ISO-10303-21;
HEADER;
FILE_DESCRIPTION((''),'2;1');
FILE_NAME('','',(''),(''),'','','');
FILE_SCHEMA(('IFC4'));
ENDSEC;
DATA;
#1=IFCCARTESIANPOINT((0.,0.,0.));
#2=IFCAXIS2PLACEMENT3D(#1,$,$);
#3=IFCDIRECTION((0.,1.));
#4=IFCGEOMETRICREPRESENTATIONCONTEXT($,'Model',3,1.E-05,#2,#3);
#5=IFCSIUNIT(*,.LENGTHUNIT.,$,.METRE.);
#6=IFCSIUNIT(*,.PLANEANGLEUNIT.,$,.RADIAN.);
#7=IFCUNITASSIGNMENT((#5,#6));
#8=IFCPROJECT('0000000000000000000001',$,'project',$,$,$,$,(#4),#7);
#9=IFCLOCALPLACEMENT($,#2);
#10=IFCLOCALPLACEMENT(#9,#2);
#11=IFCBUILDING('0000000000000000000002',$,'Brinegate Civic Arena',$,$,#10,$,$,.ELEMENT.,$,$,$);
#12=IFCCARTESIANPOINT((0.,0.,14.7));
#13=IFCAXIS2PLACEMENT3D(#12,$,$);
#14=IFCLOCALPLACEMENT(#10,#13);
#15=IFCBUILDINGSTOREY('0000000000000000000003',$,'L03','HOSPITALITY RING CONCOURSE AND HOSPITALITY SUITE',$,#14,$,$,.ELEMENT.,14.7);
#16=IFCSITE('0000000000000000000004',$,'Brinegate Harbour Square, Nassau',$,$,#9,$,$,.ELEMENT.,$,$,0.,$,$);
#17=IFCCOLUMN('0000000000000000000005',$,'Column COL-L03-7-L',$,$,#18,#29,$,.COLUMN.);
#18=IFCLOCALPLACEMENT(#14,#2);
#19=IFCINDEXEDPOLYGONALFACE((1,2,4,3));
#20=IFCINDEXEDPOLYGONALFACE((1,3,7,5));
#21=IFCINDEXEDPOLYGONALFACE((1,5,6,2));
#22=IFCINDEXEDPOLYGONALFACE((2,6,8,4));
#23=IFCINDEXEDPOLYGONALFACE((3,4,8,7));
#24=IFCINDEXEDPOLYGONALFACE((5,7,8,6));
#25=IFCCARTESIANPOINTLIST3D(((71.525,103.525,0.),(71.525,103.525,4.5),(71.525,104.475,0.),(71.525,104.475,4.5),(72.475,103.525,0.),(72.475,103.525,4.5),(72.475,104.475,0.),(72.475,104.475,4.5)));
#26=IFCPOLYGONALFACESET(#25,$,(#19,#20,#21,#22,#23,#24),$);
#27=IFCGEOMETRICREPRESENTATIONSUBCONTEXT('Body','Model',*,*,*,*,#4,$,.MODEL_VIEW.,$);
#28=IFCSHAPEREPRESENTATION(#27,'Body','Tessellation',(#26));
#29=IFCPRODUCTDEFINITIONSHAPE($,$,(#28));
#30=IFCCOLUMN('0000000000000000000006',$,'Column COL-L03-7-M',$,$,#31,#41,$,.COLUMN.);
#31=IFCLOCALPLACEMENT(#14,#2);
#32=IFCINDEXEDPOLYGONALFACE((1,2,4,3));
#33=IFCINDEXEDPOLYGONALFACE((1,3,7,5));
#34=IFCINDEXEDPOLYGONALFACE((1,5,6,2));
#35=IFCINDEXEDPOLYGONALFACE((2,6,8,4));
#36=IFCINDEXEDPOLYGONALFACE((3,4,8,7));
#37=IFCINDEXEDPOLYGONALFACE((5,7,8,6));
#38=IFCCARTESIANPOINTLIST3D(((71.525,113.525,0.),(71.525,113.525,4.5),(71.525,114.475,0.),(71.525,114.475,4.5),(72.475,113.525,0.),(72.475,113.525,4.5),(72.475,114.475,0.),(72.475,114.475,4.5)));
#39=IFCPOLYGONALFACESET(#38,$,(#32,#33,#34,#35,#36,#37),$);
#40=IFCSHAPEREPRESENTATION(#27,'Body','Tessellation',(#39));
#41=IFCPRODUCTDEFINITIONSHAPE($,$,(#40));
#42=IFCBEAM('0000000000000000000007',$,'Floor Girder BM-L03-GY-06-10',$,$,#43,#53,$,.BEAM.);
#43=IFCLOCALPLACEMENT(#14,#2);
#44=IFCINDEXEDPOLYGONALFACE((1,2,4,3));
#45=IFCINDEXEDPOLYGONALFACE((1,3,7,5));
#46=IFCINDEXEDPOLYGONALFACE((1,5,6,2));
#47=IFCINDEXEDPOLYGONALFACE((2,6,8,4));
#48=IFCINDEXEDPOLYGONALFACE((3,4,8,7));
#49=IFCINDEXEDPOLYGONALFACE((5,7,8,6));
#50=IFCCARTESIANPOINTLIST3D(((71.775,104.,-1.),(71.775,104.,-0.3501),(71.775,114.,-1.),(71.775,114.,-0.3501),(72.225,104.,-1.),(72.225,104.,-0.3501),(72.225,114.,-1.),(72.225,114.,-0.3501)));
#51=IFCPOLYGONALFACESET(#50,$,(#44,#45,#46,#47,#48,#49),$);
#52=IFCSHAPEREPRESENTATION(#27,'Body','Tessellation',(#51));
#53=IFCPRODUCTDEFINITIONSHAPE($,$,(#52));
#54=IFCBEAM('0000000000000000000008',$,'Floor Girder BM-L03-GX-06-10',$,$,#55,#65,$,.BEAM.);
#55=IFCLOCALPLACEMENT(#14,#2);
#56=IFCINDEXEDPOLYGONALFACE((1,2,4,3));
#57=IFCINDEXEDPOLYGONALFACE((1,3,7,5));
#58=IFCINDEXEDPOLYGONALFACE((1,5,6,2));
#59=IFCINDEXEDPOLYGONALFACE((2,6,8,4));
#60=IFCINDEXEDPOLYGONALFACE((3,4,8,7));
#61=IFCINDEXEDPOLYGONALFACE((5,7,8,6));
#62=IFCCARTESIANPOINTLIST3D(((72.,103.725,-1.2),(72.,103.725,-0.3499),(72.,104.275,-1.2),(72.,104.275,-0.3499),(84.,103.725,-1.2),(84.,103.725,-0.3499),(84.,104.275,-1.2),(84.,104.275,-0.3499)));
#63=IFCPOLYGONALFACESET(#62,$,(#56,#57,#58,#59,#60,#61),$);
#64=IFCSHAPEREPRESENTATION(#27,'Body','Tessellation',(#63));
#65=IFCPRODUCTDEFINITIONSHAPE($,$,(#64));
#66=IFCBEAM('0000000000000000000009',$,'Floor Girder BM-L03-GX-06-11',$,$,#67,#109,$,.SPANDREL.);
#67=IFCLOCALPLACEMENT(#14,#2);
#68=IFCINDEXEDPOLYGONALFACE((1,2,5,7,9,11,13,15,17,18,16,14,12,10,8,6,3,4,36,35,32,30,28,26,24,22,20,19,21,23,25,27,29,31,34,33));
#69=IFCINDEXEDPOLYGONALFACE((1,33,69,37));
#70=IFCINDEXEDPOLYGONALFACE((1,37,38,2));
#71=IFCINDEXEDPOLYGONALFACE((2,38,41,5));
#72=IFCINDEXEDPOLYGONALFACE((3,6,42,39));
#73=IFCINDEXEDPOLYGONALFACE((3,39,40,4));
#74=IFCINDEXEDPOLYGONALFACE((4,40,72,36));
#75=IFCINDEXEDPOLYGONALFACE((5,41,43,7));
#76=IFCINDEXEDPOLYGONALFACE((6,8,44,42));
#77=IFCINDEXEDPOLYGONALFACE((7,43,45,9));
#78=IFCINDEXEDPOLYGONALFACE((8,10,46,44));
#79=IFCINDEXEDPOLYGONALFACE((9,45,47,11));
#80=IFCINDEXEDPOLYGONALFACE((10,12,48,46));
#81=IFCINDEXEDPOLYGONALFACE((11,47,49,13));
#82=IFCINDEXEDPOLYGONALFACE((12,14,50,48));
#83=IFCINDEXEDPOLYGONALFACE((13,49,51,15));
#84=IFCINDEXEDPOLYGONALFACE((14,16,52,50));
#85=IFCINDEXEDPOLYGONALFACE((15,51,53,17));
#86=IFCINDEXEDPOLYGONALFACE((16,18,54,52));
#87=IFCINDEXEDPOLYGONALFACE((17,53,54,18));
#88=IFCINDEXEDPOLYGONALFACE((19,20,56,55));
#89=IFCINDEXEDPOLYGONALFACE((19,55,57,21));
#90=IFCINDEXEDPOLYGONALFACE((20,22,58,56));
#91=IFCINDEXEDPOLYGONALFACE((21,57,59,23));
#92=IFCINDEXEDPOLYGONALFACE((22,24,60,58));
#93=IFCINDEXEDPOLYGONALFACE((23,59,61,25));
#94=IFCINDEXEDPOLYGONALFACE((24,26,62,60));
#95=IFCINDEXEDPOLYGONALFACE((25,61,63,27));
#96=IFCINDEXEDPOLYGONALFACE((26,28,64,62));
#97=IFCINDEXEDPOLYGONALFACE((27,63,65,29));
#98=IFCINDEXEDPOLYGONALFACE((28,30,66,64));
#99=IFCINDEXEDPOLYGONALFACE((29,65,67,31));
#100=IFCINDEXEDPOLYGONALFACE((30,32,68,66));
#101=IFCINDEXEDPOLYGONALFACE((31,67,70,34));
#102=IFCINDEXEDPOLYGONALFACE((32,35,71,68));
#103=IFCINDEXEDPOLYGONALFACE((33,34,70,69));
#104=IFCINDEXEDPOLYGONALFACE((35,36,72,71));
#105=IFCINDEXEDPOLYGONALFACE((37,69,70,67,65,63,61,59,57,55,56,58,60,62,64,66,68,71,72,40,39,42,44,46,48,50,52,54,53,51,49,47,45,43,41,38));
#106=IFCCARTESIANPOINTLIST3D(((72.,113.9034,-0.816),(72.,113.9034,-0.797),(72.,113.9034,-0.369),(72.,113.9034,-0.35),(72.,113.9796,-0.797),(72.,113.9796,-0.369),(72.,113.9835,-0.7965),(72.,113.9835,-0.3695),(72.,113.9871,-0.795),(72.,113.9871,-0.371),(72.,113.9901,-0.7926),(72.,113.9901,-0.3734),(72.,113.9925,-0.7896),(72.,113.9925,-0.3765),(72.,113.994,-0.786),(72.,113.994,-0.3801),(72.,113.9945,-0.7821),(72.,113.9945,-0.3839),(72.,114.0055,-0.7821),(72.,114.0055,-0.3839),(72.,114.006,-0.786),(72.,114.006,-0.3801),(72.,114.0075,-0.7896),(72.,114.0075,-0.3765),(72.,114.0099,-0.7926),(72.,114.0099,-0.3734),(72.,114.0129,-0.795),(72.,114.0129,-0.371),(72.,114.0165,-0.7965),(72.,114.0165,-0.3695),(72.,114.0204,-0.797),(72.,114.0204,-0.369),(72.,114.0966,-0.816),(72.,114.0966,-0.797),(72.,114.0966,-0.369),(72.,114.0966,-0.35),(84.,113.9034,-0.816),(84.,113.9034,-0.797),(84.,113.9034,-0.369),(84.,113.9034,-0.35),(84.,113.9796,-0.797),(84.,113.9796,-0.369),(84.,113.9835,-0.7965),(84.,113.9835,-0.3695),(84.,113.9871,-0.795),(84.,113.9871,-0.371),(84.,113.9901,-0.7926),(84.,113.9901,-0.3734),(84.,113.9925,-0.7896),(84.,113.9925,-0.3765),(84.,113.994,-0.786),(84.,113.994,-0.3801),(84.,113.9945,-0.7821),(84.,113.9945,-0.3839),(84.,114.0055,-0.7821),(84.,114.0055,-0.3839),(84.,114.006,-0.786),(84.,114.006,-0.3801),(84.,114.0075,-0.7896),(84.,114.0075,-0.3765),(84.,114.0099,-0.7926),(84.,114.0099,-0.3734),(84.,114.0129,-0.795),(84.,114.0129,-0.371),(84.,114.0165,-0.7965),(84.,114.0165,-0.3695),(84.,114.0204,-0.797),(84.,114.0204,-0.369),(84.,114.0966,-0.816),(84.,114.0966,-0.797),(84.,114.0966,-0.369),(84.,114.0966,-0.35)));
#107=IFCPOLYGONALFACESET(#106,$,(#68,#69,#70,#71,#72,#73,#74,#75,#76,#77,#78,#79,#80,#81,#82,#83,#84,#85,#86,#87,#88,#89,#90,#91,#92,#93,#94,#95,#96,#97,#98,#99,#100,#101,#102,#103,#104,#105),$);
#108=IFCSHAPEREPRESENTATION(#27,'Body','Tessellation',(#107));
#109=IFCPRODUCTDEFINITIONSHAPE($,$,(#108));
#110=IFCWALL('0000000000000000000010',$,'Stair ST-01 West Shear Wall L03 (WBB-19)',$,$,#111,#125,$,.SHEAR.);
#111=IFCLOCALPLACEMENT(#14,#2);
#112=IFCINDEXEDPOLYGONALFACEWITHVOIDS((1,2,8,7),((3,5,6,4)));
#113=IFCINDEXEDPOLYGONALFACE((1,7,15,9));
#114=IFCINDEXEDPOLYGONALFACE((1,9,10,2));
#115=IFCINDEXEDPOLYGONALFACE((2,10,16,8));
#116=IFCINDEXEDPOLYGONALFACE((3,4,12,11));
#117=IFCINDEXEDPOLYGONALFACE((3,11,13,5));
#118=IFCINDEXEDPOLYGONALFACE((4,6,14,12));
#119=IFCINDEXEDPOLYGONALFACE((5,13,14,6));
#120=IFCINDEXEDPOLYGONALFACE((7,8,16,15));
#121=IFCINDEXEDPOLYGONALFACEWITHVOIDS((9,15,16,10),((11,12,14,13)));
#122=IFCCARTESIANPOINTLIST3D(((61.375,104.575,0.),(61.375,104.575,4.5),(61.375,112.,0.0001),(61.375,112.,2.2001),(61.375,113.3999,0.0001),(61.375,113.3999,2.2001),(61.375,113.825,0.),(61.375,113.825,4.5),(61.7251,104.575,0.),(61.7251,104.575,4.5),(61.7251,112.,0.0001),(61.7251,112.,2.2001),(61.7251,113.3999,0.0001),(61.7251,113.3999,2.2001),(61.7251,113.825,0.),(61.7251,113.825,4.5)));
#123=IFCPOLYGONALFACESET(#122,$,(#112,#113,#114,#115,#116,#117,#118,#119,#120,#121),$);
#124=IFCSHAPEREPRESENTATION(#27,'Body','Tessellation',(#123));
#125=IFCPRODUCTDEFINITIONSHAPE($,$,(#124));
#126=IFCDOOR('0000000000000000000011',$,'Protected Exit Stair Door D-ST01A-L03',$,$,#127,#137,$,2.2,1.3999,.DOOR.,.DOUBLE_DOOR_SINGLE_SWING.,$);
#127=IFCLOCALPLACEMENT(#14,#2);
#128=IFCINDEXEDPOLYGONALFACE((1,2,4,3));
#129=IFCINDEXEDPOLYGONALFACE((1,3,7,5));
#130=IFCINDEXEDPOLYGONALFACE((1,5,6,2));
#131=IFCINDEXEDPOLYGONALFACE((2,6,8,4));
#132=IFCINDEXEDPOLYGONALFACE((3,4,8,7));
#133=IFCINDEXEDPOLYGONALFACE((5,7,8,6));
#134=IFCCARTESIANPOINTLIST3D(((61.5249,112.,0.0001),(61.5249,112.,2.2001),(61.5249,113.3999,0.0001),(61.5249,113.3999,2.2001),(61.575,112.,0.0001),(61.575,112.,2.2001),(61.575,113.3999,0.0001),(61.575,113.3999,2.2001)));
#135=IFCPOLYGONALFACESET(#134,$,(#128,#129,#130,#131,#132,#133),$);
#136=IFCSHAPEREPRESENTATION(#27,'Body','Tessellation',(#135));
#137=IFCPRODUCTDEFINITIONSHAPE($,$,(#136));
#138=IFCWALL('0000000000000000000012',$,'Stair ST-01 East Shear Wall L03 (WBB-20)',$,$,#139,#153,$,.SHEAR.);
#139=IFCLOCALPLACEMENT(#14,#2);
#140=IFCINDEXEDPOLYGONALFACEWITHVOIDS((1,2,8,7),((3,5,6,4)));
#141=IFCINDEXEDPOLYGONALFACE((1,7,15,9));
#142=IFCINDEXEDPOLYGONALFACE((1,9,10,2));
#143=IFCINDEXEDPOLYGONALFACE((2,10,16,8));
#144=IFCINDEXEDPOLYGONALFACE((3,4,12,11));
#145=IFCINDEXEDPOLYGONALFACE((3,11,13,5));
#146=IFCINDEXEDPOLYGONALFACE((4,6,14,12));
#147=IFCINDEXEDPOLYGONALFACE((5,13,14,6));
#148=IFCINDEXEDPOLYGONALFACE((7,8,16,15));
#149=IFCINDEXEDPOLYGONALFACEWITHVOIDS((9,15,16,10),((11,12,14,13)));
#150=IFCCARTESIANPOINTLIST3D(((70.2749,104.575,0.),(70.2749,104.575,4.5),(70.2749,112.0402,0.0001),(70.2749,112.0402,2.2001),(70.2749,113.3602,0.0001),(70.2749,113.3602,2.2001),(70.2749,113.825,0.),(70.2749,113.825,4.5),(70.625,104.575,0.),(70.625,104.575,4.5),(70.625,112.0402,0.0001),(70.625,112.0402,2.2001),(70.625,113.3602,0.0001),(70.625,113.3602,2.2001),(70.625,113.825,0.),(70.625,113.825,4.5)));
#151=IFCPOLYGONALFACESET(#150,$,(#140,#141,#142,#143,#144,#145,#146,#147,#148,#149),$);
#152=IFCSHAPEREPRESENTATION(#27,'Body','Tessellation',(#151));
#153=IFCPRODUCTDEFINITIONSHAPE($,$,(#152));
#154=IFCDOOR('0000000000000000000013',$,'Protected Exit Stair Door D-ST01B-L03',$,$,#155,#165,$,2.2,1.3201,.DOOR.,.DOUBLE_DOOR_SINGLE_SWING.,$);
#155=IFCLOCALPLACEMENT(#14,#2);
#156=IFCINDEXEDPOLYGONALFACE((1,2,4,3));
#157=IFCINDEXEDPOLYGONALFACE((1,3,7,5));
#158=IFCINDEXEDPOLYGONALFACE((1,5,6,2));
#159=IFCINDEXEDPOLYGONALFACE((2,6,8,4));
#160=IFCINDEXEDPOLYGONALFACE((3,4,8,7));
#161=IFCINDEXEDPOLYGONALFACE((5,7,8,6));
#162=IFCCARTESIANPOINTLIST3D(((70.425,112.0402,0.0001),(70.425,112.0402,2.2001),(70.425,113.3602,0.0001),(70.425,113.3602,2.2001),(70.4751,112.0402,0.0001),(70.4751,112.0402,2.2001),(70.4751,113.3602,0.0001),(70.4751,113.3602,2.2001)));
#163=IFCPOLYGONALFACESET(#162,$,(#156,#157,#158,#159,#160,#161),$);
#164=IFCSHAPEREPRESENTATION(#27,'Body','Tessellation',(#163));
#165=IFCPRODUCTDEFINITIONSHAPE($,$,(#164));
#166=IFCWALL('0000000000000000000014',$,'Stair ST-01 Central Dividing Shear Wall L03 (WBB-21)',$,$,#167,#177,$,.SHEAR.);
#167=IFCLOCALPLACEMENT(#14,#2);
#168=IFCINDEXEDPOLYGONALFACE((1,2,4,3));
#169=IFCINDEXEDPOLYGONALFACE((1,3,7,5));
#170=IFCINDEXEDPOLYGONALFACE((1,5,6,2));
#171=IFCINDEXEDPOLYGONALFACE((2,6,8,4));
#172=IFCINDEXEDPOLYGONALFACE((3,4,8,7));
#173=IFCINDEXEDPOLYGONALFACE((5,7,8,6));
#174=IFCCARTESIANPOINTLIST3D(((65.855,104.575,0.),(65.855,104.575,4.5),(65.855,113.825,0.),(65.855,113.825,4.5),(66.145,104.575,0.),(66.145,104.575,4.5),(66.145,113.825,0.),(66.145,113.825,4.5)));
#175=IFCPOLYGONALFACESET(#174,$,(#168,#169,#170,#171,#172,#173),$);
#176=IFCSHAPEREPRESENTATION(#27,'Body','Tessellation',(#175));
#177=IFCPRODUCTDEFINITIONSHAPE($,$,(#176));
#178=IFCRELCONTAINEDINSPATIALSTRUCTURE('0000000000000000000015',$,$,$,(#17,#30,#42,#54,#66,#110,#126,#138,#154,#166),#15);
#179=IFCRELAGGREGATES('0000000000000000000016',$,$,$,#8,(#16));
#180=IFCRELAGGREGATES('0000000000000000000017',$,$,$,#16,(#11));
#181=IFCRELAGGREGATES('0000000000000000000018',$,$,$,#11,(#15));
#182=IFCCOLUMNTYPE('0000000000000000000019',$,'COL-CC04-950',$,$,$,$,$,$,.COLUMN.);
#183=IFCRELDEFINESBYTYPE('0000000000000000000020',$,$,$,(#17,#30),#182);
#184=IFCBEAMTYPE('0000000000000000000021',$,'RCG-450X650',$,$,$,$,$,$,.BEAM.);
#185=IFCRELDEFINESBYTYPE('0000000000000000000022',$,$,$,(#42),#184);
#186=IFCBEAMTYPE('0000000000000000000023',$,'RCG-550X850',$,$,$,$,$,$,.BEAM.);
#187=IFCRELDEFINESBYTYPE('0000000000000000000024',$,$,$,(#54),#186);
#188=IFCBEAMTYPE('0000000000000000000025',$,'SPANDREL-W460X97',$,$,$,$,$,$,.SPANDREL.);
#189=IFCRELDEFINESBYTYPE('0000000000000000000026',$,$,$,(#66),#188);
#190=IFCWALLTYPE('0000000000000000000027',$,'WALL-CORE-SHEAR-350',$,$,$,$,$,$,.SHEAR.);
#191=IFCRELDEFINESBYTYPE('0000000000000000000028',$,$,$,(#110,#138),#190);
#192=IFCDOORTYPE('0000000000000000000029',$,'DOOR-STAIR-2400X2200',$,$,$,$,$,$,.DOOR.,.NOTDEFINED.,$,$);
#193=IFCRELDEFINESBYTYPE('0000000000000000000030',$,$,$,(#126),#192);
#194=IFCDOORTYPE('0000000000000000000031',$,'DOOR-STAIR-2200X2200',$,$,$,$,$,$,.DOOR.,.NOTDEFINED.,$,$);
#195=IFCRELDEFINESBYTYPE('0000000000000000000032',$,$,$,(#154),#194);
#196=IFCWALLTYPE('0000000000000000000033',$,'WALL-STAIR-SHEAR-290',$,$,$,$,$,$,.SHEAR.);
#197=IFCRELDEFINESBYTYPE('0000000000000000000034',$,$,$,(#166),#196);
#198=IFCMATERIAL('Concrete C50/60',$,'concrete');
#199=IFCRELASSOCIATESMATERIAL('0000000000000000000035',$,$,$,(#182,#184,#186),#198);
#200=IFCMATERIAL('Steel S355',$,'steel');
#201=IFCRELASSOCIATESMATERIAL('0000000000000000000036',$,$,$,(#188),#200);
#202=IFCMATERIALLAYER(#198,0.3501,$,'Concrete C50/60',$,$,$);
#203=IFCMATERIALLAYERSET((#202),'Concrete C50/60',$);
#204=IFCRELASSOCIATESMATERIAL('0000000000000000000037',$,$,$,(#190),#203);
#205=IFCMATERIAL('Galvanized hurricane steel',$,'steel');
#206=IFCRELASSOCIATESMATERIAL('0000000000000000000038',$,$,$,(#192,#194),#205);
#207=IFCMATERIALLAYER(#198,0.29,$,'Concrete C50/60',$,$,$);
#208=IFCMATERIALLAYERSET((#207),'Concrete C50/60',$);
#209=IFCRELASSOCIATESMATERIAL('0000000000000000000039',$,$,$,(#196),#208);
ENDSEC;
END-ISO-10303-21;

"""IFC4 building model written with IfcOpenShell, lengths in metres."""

from ifc_helpers import new_model, si_unit, direction, frame, frame_2d, origin, origin_2d, place, context, subcontext, project, spatial, rectangle, i_section, extrude, material, layer, layer_set, material_profile, profile_set, type_object, element, fill, save


model = new_model("IFC4")

# Units and contexts
model_context = context("Model", 3, precision=1e-05, world=origin(), true_north=direction((0.0, 1.0)))
body_context = subcontext(model_context, "Body", "Model", "MODEL_VIEW")
ifc_project = project(units=[si_unit("LENGTHUNIT", "METRE"), si_unit("PLANEANGLEUNIT", "RADIAN")], contexts=[model_context])

# Site, building, storey
site_placement = place(None, origin())
site = spatial("IfcSite", under=ifc_project, at=site_placement, Name="Brinegate Harbour Square, Nassau", CompositionType="ELEMENT", RefElevation=0.0)
building_placement = place(site_placement, origin())
building = spatial("IfcBuilding", under=site, at=building_placement, Name="Brinegate Civic Arena", CompositionType="ELEMENT")
storey_placement = place(building_placement, frame((0.0, 0.0, 14.7)))
storey = spatial("IfcBuildingStorey", under=building, at=storey_placement, Name="L03", Description="HOSPITALITY RING CONCOURSE AND HOSPITALITY SUITE", CompositionType="ELEMENT", Elevation=14.7)

# Columns
ifc_material_1 = material(Name="Concrete C50/60", Category="concrete")
ifc_material_profile_1 = material_profile(ifc_material_1, rectangle(XDim=0.95, YDim=0.95, at=origin_2d()), Name="RC950X950")
ifc_profile_set_1 = profile_set([ifc_material_profile_1], Name="Concrete C50/60")
column_type = type_object("IfcColumnType", Name="COL-CC04-950", PredefinedType="COLUMN", material=ifc_profile_set_1)
for number, where, z_axis, x_axis, name in (
    (1, (72.0, 104.0, 0.0), (0.0, 0.0, 1.0), (1.0, 0.0, 0.0), "Column COL-L03-7-L"),
    (2, (72.0, 114.0, 0.0), (0.0, 0.0, 1.0), (1.0, 0.0, 0.0), "Column COL-L03-7-M"),
):
    element("IfcColumn", number, at=place(storey_placement, frame(where, z_axis=z_axis, x_axis=x_axis)), inside=storey, type_object=column_type, Name=name, PredefinedType="COLUMN", context=body_context, shape_type="SweptSolid", body=[
        extrude(rectangle(XDim=0.95, YDim=0.95, at=origin_2d()), origin(), (0.0, 0.0, 1.0), 4.5),
    ])

# Beams
ifc_material_profile_2 = material_profile(ifc_material_1, rectangle(XDim=0.45, YDim=0.6499, at=origin_2d()), Name="RCB450X650")
ifc_profile_set_2 = profile_set([ifc_material_profile_2], Name="Concrete C50/60")
beam_type_1 = type_object("IfcBeamType", Name="RCG-450X650", PredefinedType="BEAM", material=ifc_profile_set_2)
beam_1_placement = place(storey_placement, frame((72.0, 104.0, -0.675), z_axis=(0.0, 1.0, 0.0), x_axis=(-1.0, 0.0, 0.0)))
element("IfcBeam", 3, at=beam_1_placement, inside=storey, type_object=beam_type_1, Name="Floor Girder BM-L03-GY-06-10", PredefinedType="BEAM", context=body_context, shape_type="SweptSolid", body=[
    extrude(rectangle(XDim=0.45, YDim=0.6499, at=origin_2d()), origin(), (0.0, 0.0, 1.0), 10.0),
])
ifc_material_profile_3 = material_profile(ifc_material_1, rectangle(XDim=0.55, YDim=0.8501, at=origin_2d()), Name="RCB550X850")
ifc_profile_set_3 = profile_set([ifc_material_profile_3], Name="Concrete C50/60")
beam_type_2 = type_object("IfcBeamType", Name="RCG-550X850", PredefinedType="BEAM", material=ifc_profile_set_3)
beam_2_placement = place(storey_placement, frame((72.0, 104.0, -0.7749), z_axis=(1.0, 0.0, 0.0), x_axis=(0.0, 1.0, 0.0)))
element("IfcBeam", 4, at=beam_2_placement, inside=storey, type_object=beam_type_2, Name="Floor Girder BM-L03-GX-06-10", PredefinedType="BEAM", context=body_context, shape_type="SweptSolid", body=[
    extrude(rectangle(XDim=0.55, YDim=0.8501, at=origin_2d()), origin(), (0.0, 0.0, 1.0), 12.0),
])
ifc_material_2 = material(Name="Steel S355", Category="steel")
ifc_material_profile_4 = material_profile(ifc_material_2, i_section(OverallWidth=0.1931, OverallDepth=0.4661, WebThickness=0.011, FlangeThickness=0.019, FilletRadius=0.0149, at=origin_2d()), Name="W460X97")
ifc_profile_set_4 = profile_set([ifc_material_profile_4], Name="Steel S355")
beam_type_3 = type_object("IfcBeamType", Name="SPANDREL-W460X97", PredefinedType="SPANDREL", material=ifc_profile_set_4)
beam_3_placement = place(storey_placement, frame((72.0, 114.0, -0.583), z_axis=(1.0, 0.0, 0.0), x_axis=(0.0, 1.0, 0.0)))
element("IfcBeam", 5, at=beam_3_placement, inside=storey, type_object=beam_type_3, Name="Floor Girder BM-L03-GX-06-11", PredefinedType="SPANDREL", context=body_context, shape_type="SweptSolid", body=[
    extrude(i_section(OverallWidth=0.1931, OverallDepth=0.4661, WebThickness=0.011, FlangeThickness=0.019, FilletRadius=0.0149, at=origin_2d()), origin(), (0.0, 0.0, 1.0), 12.0),
])

# Walls, openings, doors
ifc_layer_1 = layer(ifc_material_1, 0.3501, Name="Concrete C50/60")
ifc_layer_set_1 = layer_set([ifc_layer_1], Name="Concrete C50/60")
wall_type_1 = type_object("IfcWallType", Name="WALL-CORE-SHEAR-350", PredefinedType="SHEAR", material=ifc_layer_set_1)
wall_1_placement = place(storey_placement, frame((61.55, 104.575, 0.0), z_axis=(0.0, 0.0, 1.0), x_axis=(0.0, 1.0, 0.0)))
wall_1 = element("IfcWall", 6, at=wall_1_placement, inside=storey, type_object=wall_type_1, Name="Stair ST-01 West Shear Wall L03 (WBB-19)", PredefinedType="SHEAR", context=body_context, shape_type="SweptSolid", body=[
    extrude(rectangle(XDim=9.25, YDim=0.3501, at=frame_2d((4.625, 0.0))), origin(), (0.0, 0.0, 1.0), 4.5),
])
opening_1_placement = place(wall_1_placement, frame((7.425, 0.0, 0.0)))
opening_1 = element("IfcOpeningElement", 7, at=opening_1_placement, cuts=wall_1, PredefinedType="OPENING", context=body_context, shape_type="SweptSolid", body=[
    extrude(rectangle(XDim=1.3999, YDim=2.2, at=frame_2d((0.7, 1.1001))), frame((0.0, 0.1851, 0.0), z_axis=(0.0, -1.0, 0.0), x_axis=(1.0, 0.0, 0.0)), (0.0, 0.0, 1.0), 0.3701),
])
ifc_material_3 = material(Name="Galvanized hurricane steel", Category="steel")
door_type_1 = type_object("IfcDoorType", Name="DOOR-STAIR-2400X2200", OperationType="NOTDEFINED", PredefinedType="DOOR", material=ifc_material_3)
door_1_placement = place(opening_1_placement, frame((1.3999, 0.0, 0.0), z_axis=(0.0, 0.0, 1.0), x_axis=(-1.0, 0.0, 0.0)))
door_1 = element("IfcDoor", 8, at=door_1_placement, inside=storey, type_object=door_type_1, Name="Protected Exit Stair Door D-ST01A-L03", OperationType="DOUBLE_DOOR_SINGLE_SWING", OverallHeight=2.2, OverallWidth=1.3999, PredefinedType="DOOR", context=body_context, shape_type="SweptSolid", body=[
    extrude(rectangle(XDim=1.3999, YDim=2.2, at=frame_2d((0.7, 1.1001))), frame((0.0, 0.0249, 0.0), z_axis=(0.0, -1.0, 0.0), x_axis=(1.0, 0.0, 0.0)), (0.0, 0.0, 1.0), 0.05),
])
fill(opening_1, door_1)
wall_2_placement = place(storey_placement, frame((70.45, 104.575, 0.0), z_axis=(0.0, 0.0, 1.0), x_axis=(0.0, 1.0, 0.0)))
wall_2 = element("IfcWall", 9, at=wall_2_placement, inside=storey, type_object=wall_type_1, Name="Stair ST-01 East Shear Wall L03 (WBB-20)", PredefinedType="SHEAR", context=body_context, shape_type="SweptSolid", body=[
    extrude(rectangle(XDim=9.25, YDim=0.3501, at=frame_2d((4.625, 0.0))), origin(), (0.0, 0.0, 1.0), 4.5),
])
opening_2_placement = place(wall_2_placement, frame((7.4651, 0.0, 0.0)))
opening_2 = element("IfcOpeningElement", 10, at=opening_2_placement, cuts=wall_2, PredefinedType="OPENING", context=body_context, shape_type="SweptSolid", body=[
    extrude(rectangle(XDim=1.3201, YDim=2.2, at=frame_2d((0.6602, 1.1001))), frame((0.0, 0.1851, 0.0), z_axis=(0.0, -1.0, 0.0), x_axis=(1.0, 0.0, 0.0)), (0.0, 0.0, 1.0), 0.3701),
])
door_type_2 = type_object("IfcDoorType", Name="DOOR-STAIR-2200X2200", OperationType="NOTDEFINED", PredefinedType="DOOR", material=ifc_material_3)
door_2_placement = place(opening_2_placement, origin())
door_2 = element("IfcDoor", 11, at=door_2_placement, inside=storey, type_object=door_type_2, Name="Protected Exit Stair Door D-ST01B-L03", OperationType="DOUBLE_DOOR_SINGLE_SWING", OverallHeight=2.2, OverallWidth=1.3201, PredefinedType="DOOR", context=body_context, shape_type="SweptSolid", body=[
    extrude(rectangle(XDim=1.3201, YDim=2.2, at=frame_2d((0.6602, 1.1001))), frame((0.0, 0.0249, 0.0), z_axis=(0.0, -1.0, 0.0), x_axis=(1.0, 0.0, 0.0)), (0.0, 0.0, 1.0), 0.05),
])
fill(opening_2, door_2)

# Wall
ifc_layer_2 = layer(ifc_material_1, 0.29, Name="Concrete C50/60")
ifc_layer_set_2 = layer_set([ifc_layer_2], Name="Concrete C50/60")
wall_type_2 = type_object("IfcWallType", Name="WALL-STAIR-SHEAR-290", PredefinedType="SHEAR", material=ifc_layer_set_2)
wall_3_placement = place(storey_placement, frame((66.0, 104.575, 0.0), z_axis=(0.0, 0.0, 1.0), x_axis=(0.0, 1.0, 0.0)))
element("IfcWall", 12, at=wall_3_placement, inside=storey, type_object=wall_type_2, Name="Stair ST-01 Central Dividing Shear Wall L03 (WBB-21)", PredefinedType="SHEAR", context=body_context, shape_type="SweptSolid", body=[
    extrude(rectangle(XDim=9.25, YDim=0.29, at=frame_2d((4.625, 0.0))), origin(), (0.0, 0.0, 1.0), 4.5),
])

save(model, "model.ifc")
